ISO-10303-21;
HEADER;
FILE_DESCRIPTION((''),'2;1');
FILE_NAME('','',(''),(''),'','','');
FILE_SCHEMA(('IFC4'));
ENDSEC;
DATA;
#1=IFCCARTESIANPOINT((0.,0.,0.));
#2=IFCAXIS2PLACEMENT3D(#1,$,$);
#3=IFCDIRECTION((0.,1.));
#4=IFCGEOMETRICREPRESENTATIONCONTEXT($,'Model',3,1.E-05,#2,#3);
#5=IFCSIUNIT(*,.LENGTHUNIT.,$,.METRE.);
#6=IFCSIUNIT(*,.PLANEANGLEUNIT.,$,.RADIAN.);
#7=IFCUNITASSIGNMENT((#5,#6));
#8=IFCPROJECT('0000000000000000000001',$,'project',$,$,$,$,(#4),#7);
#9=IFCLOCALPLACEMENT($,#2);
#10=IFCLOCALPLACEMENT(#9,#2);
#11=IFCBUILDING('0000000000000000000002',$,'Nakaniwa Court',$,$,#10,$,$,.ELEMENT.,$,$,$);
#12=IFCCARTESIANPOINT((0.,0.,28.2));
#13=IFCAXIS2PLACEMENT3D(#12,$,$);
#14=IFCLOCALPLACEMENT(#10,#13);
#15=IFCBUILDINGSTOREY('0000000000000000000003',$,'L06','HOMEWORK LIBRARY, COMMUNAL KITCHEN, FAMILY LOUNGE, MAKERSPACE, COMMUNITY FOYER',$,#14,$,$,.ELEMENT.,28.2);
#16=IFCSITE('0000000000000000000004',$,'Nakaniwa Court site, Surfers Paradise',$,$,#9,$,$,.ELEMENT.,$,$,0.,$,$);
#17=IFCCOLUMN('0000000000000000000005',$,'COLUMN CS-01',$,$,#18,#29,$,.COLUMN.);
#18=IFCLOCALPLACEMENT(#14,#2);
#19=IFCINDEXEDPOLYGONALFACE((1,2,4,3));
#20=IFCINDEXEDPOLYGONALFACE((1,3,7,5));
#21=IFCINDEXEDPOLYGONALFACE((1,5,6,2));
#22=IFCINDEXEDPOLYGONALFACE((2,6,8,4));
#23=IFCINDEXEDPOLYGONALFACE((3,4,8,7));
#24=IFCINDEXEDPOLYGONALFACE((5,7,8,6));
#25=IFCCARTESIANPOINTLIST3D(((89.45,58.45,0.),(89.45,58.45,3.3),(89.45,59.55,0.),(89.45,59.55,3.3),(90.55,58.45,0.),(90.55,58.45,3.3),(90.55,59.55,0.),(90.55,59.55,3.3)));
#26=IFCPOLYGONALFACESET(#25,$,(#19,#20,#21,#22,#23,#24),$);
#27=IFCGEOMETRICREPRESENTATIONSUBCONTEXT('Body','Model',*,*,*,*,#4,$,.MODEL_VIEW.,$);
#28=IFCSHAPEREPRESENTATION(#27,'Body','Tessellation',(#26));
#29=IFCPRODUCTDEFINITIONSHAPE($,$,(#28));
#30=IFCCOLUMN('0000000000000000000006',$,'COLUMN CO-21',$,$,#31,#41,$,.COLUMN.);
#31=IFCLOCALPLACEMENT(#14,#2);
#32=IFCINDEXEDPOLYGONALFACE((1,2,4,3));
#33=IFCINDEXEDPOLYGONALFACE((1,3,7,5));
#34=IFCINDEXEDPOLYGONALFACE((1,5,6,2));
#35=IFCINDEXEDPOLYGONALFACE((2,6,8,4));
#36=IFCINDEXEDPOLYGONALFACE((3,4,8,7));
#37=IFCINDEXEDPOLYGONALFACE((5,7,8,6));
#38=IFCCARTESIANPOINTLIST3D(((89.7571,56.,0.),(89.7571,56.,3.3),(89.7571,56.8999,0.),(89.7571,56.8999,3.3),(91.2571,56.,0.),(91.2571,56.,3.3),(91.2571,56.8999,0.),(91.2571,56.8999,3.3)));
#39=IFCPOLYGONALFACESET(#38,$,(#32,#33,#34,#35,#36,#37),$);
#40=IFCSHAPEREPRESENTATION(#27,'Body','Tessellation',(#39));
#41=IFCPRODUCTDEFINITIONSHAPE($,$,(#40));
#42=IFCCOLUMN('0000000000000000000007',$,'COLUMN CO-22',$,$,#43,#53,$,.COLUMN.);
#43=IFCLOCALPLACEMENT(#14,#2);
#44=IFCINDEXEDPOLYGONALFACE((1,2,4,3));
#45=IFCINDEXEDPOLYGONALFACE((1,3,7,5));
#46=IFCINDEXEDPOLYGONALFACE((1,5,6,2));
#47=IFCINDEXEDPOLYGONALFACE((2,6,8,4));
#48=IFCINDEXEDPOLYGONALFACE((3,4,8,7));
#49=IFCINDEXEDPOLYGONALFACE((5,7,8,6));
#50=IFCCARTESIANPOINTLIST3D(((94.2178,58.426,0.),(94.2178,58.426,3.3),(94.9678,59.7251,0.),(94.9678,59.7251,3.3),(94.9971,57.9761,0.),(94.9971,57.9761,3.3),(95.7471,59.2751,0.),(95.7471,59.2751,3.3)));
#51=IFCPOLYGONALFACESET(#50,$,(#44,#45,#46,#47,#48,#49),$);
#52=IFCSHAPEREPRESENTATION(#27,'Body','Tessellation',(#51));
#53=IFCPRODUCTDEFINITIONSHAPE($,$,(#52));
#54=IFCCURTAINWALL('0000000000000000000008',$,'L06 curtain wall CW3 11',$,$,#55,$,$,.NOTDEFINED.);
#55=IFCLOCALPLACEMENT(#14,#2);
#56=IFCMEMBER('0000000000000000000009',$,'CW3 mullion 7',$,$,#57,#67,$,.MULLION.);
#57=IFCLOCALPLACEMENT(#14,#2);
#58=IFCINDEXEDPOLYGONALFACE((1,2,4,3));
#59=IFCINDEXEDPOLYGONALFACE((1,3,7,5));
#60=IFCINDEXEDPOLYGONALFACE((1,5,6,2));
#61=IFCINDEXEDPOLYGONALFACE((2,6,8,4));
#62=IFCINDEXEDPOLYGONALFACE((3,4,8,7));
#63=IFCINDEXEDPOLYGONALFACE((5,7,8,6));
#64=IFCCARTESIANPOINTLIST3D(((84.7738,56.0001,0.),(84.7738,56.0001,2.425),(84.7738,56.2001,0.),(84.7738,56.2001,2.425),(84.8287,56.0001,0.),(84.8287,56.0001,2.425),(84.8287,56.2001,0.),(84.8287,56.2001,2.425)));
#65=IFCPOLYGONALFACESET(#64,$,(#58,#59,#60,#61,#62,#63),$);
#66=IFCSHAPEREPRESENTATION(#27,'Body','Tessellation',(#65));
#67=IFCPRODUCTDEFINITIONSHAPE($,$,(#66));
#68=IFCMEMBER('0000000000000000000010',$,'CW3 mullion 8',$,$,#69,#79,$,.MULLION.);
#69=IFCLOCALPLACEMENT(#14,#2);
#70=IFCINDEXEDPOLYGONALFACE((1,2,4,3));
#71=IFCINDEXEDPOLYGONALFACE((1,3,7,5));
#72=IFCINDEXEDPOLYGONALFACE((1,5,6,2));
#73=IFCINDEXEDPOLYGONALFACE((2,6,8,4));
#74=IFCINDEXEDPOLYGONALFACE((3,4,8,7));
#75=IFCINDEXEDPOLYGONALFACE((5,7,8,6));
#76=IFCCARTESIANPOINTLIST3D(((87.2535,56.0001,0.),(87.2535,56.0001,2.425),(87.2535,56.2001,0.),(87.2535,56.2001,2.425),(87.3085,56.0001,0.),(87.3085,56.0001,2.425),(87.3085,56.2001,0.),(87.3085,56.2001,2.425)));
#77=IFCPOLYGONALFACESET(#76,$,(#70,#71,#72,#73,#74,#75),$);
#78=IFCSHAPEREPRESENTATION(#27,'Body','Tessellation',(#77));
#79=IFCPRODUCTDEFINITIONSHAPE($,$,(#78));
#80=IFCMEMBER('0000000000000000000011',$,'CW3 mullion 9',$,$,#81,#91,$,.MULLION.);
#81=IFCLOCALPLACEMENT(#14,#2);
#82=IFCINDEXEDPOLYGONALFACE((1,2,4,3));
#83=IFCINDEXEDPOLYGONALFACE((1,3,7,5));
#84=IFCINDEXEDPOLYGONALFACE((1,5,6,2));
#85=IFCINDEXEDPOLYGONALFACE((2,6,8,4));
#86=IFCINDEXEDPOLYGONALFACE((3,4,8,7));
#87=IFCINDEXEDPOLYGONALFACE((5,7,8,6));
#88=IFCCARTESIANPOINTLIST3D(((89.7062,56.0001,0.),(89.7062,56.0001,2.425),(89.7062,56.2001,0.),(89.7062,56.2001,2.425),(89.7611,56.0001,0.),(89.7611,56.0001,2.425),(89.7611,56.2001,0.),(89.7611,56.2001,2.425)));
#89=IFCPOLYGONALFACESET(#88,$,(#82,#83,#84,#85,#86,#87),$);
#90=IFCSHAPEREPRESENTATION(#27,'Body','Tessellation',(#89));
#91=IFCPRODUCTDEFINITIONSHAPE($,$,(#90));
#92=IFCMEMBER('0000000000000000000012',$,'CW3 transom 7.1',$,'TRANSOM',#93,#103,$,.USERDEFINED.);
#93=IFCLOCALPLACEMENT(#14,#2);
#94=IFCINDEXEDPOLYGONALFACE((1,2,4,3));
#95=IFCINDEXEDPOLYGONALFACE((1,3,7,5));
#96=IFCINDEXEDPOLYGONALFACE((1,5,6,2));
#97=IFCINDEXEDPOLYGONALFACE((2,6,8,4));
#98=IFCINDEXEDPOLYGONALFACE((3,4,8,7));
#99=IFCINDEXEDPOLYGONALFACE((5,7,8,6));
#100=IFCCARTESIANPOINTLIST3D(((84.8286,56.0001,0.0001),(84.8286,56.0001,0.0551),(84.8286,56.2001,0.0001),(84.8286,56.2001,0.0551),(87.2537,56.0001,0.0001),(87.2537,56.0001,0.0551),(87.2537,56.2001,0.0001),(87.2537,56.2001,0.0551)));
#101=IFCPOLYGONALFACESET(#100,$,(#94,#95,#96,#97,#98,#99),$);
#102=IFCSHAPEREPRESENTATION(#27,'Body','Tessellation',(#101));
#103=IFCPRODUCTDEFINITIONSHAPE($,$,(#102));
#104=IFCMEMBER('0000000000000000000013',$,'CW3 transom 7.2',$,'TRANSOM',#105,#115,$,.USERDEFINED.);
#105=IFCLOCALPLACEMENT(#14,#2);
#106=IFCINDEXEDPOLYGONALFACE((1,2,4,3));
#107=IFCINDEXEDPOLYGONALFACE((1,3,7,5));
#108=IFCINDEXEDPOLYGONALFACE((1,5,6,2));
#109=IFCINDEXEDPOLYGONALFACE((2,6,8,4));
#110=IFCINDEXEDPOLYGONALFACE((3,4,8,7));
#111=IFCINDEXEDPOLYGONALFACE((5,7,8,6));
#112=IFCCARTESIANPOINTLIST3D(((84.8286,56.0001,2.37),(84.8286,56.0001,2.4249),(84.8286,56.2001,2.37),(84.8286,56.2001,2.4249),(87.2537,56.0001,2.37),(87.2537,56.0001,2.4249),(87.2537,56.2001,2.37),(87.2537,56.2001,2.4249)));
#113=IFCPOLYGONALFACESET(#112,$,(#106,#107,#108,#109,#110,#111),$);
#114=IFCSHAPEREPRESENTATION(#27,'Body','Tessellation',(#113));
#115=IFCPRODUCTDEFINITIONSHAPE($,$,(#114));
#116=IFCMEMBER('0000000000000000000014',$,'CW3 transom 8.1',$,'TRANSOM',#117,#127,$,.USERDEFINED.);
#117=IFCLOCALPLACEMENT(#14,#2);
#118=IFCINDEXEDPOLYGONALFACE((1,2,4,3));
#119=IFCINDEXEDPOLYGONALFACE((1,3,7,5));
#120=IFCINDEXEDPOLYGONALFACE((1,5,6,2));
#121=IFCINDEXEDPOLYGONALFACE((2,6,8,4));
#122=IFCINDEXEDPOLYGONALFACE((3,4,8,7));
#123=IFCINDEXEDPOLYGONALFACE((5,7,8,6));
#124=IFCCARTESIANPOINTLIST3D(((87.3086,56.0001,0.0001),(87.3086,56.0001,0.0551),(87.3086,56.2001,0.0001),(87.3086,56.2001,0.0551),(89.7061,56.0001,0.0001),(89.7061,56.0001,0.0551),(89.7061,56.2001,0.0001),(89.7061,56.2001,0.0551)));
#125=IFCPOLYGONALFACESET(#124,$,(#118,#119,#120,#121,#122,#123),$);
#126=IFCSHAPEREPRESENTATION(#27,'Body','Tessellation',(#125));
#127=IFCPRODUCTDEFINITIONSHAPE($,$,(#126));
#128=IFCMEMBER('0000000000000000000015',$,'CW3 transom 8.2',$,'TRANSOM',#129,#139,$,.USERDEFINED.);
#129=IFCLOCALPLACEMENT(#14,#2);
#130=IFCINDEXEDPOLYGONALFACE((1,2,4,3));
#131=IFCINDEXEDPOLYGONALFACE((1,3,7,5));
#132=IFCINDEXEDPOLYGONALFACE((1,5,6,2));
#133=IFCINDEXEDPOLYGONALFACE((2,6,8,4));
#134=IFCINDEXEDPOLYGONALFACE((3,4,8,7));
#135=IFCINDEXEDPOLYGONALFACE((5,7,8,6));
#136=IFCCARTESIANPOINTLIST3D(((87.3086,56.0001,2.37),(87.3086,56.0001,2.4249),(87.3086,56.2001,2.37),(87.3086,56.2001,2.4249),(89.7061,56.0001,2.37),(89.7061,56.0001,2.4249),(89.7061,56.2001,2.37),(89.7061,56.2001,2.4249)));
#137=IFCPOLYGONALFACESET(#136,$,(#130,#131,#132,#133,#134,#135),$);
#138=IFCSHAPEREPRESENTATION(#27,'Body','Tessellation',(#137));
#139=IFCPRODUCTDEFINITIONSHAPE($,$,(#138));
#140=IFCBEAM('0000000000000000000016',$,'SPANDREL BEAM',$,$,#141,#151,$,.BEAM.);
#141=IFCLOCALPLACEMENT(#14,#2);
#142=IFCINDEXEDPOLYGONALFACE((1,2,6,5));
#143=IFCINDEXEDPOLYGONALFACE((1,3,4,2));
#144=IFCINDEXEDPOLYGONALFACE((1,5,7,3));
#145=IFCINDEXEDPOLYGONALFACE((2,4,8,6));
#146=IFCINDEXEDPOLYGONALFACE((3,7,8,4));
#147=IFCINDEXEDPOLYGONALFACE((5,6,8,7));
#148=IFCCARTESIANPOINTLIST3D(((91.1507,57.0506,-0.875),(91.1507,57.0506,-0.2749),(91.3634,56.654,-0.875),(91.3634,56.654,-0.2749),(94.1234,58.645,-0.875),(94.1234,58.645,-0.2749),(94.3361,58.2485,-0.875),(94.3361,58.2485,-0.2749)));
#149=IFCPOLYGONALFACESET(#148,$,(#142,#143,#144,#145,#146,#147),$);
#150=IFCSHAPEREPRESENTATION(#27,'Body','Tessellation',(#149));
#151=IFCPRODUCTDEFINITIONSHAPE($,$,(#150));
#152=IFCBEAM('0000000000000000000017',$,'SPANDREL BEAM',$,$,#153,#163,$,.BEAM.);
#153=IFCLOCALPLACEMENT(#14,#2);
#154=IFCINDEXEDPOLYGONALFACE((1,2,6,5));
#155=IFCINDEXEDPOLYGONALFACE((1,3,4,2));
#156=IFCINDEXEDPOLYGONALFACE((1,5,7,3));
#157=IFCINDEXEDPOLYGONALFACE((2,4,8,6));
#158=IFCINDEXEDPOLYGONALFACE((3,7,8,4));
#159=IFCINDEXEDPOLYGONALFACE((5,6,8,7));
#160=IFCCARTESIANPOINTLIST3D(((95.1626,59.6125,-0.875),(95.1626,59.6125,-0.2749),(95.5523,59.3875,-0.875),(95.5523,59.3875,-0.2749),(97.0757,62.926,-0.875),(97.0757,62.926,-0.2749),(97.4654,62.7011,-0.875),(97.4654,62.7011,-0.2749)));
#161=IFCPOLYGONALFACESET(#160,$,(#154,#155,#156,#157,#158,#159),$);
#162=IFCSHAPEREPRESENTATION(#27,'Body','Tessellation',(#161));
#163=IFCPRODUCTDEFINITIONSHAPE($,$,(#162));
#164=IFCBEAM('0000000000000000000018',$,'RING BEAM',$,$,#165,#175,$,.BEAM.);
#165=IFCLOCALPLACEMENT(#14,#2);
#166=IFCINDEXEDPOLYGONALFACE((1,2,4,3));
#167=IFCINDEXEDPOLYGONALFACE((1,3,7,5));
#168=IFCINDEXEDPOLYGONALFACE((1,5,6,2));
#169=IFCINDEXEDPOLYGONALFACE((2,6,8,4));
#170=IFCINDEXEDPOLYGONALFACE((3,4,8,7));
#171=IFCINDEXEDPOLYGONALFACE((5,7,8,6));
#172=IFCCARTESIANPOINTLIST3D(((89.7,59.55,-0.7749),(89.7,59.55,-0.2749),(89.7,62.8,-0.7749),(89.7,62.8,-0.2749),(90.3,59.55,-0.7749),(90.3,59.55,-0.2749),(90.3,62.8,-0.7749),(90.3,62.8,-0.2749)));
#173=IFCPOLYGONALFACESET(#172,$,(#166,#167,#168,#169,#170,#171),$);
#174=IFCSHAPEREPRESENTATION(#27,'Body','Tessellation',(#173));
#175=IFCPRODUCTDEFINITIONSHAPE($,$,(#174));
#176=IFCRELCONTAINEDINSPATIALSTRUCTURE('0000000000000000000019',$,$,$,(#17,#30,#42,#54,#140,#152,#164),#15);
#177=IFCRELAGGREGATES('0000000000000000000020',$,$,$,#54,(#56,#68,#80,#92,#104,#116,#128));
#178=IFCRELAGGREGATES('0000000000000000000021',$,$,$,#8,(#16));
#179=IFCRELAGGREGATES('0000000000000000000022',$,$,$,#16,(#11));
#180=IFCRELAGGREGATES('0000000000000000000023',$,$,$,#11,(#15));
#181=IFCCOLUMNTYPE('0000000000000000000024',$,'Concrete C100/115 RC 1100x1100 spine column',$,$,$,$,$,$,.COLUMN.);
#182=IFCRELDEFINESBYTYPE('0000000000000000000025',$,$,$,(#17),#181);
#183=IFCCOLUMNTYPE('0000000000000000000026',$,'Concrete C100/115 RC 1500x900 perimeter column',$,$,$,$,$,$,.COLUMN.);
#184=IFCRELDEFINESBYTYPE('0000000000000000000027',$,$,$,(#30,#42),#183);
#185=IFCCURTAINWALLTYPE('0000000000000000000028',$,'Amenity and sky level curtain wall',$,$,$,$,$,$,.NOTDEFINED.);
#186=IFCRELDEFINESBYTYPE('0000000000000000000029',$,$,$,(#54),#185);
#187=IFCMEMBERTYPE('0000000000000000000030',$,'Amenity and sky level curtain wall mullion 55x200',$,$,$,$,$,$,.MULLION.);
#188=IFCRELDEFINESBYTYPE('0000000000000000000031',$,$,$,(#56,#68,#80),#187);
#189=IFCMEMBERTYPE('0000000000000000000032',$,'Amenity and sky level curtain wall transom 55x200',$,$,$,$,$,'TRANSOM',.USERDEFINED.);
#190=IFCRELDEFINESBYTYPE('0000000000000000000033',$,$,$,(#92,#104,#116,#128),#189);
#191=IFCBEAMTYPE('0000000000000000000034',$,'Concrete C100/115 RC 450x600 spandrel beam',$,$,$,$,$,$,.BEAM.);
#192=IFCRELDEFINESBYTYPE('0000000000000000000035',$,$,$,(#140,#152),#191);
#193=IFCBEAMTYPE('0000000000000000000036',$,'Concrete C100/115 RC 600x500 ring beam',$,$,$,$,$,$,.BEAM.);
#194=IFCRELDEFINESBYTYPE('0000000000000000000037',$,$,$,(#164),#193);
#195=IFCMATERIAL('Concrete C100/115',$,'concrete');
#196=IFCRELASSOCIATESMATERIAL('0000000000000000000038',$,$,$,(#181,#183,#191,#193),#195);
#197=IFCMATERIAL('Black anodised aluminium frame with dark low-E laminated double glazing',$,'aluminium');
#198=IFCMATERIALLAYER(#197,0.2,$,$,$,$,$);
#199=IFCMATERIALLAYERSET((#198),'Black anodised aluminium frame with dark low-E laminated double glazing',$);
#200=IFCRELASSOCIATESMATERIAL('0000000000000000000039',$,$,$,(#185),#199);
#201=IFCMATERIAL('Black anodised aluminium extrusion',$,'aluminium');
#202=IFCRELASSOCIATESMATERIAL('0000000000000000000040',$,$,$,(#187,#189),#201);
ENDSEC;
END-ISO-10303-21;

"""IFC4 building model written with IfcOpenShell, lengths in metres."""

from ifc_helpers import new_model, si_unit, direction, frame, origin, origin_2d, place, context, subcontext, project, spatial, rectangle, extrude, material, layer, layer_set, material_profile, profile_set, type_object, element, aggregate, save


model = new_model("IFC4")

# Units and contexts
model_context = context("Model", 3, precision=1e-05, world=origin(), true_north=direction((0.0, 1.0)))
body_context = subcontext(model_context, "Body", "Model", "MODEL_VIEW")
ifc_project = project(units=[si_unit("LENGTHUNIT", "METRE"), si_unit("PLANEANGLEUNIT", "RADIAN")], contexts=[model_context])

# Site, building, storey
site_placement = place(None, origin())
site = spatial("IfcSite", under=ifc_project, at=site_placement, Name="Nakaniwa Court site, Surfers Paradise", CompositionType="ELEMENT", RefElevation=0.0)
building_placement = place(site_placement, origin())
building = spatial("IfcBuilding", under=site, at=building_placement, Name="Nakaniwa Court", CompositionType="ELEMENT")
storey_placement = place(building_placement, frame((0.0, 0.0, 28.2)))
storey = spatial("IfcBuildingStorey", under=building, at=storey_placement, Name="L06", Description="HOMEWORK LIBRARY, COMMUNAL KITCHEN, FAMILY LOUNGE, MAKERSPACE, COMMUNITY FOYER", CompositionType="ELEMENT", Elevation=28.2)

# Columns
ifc_material_1 = material(Name="Concrete C100/115", Category="concrete")
ifc_material_profile_1 = material_profile(ifc_material_1, rectangle(XDim=1.1001, YDim=1.1001, at=origin_2d()), Name="Concrete C100/115 RC 1100x1100 spine column")
ifc_profile_set_1 = profile_set([ifc_material_profile_1], Name="Concrete C100/115")
column_type_1 = type_object("IfcColumnType", Name="Concrete C100/115 RC 1100x1100 spine column", PredefinedType="COLUMN", material=ifc_profile_set_1)
column_placement = place(storey_placement, frame((90.0, 59.0, 0.0), z_axis=(0.0, 0.0, 1.0), x_axis=(0.0, 1.0, 0.0)))
element("IfcColumn", 1, at=column_placement, inside=storey, type_object=column_type_1, Name="COLUMN CS-01", PredefinedType="COLUMN", context=body_context, shape_type="SweptSolid", body=[
    extrude(rectangle(XDim=1.1001, YDim=1.1001, at=origin_2d()), origin(), (0.0, 0.0, 1.0), 3.3),
])
ifc_material_profile_2 = material_profile(ifc_material_1, rectangle(XDim=1.5, YDim=0.8999, at=origin_2d()), Name="Concrete C100/115 RC 1500x900 perimeter column")
ifc_profile_set_2 = profile_set([ifc_material_profile_2], Name="Concrete C100/115")
column_type_2 = type_object("IfcColumnType", Name="Concrete C100/115 RC 1500x900 perimeter column", PredefinedType="COLUMN", material=ifc_profile_set_2)
for number, where, z_axis, x_axis, name in (
    (2, (90.5071, 56.45, 0.0), (0.0, 0.0, 1.0), (1.0, 0.0, 0.0), "COLUMN CO-21"),
    (3, (94.9824, 58.8506, 0.0), (0.0, 0.0, 1.0), (0.5, 0.866025, 0.0), "COLUMN CO-22"),
):
    element("IfcColumn", number, at=place(storey_placement, frame(where, z_axis=z_axis, x_axis=x_axis)), inside=storey, type_object=column_type_2, Name=name, PredefinedType="COLUMN", context=body_context, shape_type="SweptSolid", body=[
        extrude(rectangle(XDim=1.5, YDim=0.8999, at=origin_2d()), origin(), (0.0, 0.0, 1.0), 3.3),
    ])

# Curtain wall, members
ifc_material_2 = material(Name="Black anodised aluminium frame with dark low-E laminated double glazing", Category="aluminium")
ifc_layer_1 = layer(ifc_material_2, 0.2)
ifc_layer_set_1 = layer_set([ifc_layer_1], Name="Black anodised aluminium frame with dark low-E laminated double glazing")
curtain_wall_type = type_object("IfcCurtainWallType", Name="Amenity and sky level curtain wall", PredefinedType="NOTDEFINED", material=ifc_layer_set_1)
curtain_wall_placement = place(storey_placement, origin())
curtain_wall = element("IfcCurtainWall", 4, at=curtain_wall_placement, inside=storey, type_object=curtain_wall_type, Name="L06 curtain wall CW3 11", PredefinedType="NOTDEFINED")
ifc_material_3 = material(Name="Black anodised aluminium extrusion", Category="aluminium")
ifc_material_profile_3 = material_profile(ifc_material_3, rectangle(XDim=0.2, YDim=0.0549, at=origin_2d()), Name="Amenity and sky level curtain wall mullion 55x200")
ifc_profile_set_3 = profile_set([ifc_material_profile_3], Name="Black anodised aluminium extrusion")
member_type_1 = type_object("IfcMemberType", Name="Amenity and sky level curtain wall mullion 55x200", PredefinedType="MULLION", material=ifc_profile_set_3)
member_1_placement = place(storey_placement, frame((84.8013, 56.1001, 0.0), z_axis=(0.0, 0.0, 1.0), x_axis=(0.0, 1.0, 0.0)))
member_1 = element("IfcMember", 5, at=member_1_placement, type_object=member_type_1, Name="CW3 mullion 7", PredefinedType="MULLION", context=body_context, shape_type="SweptSolid", body=[
    extrude(rectangle(XDim=0.2, YDim=0.0549, at=origin_2d()), origin(), (0.0, 0.0, 1.0), 2.425),
])
member_2_placement = place(storey_placement, frame((87.281, 56.1001, 0.0), z_axis=(0.0, 0.0, 1.0), x_axis=(0.0, 1.0, 0.0)))
member_2 = element("IfcMember", 6, at=member_2_placement, type_object=member_type_1, Name="CW3 mullion 8", PredefinedType="MULLION", context=body_context, shape_type="SweptSolid", body=[
    extrude(rectangle(XDim=0.2, YDim=0.0549, at=origin_2d()), origin(), (0.0, 0.0, 1.0), 2.425),
])
member_3_placement = place(storey_placement, frame((89.7336, 56.1001, 0.0), z_axis=(0.0, 0.0, 1.0), x_axis=(0.0, 1.0, 0.0)))
member_3 = element("IfcMember", 7, at=member_3_placement, type_object=member_type_1, Name="CW3 mullion 9", PredefinedType="MULLION", context=body_context, shape_type="SweptSolid", body=[
    extrude(rectangle(XDim=0.2, YDim=0.0549, at=origin_2d()), origin(), (0.0, 0.0, 1.0), 2.425),
])
ifc_material_profile_4 = material_profile(ifc_material_3, rectangle(XDim=0.2, YDim=0.0549, at=origin_2d()), Name="Amenity and sky level curtain wall transom 55x200")
ifc_profile_set_4 = profile_set([ifc_material_profile_4], Name="Black anodised aluminium extrusion")
member_type_2 = type_object("IfcMemberType", Name="Amenity and sky level curtain wall transom 55x200", ElementType="TRANSOM", PredefinedType="USERDEFINED", material=ifc_profile_set_4)
member_4_placement = place(storey_placement, frame((84.8286, 56.1001, 0.0276), z_axis=(1.0, 0.0, 0.0), x_axis=(0.0, 1.0, 0.0)))
member_4 = element("IfcMember", 8, at=member_4_placement, type_object=member_type_2, Name="CW3 transom 7.1", ObjectType="TRANSOM", PredefinedType="USERDEFINED", context=body_context, shape_type="SweptSolid", body=[
    extrude(rectangle(XDim=0.2, YDim=0.0549, at=origin_2d()), origin(), (0.0, 0.0, 1.0), 2.425),
])
member_5_placement = place(storey_placement, frame((84.8286, 56.1001, 2.3975), z_axis=(1.0, 0.0, 0.0), x_axis=(0.0, 1.0, 0.0)))
member_5 = element("IfcMember", 9, at=member_5_placement, type_object=member_type_2, Name="CW3 transom 7.2", ObjectType="TRANSOM", PredefinedType="USERDEFINED", context=body_context, shape_type="SweptSolid", body=[
    extrude(rectangle(XDim=0.2, YDim=0.0549, at=origin_2d()), origin(), (0.0, 0.0, 1.0), 2.425),
])
member_6_placement = place(storey_placement, frame((87.3086, 56.1001, 0.0276), z_axis=(1.0, 0.0, 0.0), x_axis=(0.0, 1.0, 0.0)))
member_6 = element("IfcMember", 10, at=member_6_placement, type_object=member_type_2, Name="CW3 transom 8.1", ObjectType="TRANSOM", PredefinedType="USERDEFINED", context=body_context, shape_type="SweptSolid", body=[
    extrude(rectangle(XDim=0.2, YDim=0.0549, at=origin_2d()), origin(), (0.0, 0.0, 1.0), 2.3975),
])
member_7_placement = place(storey_placement, frame((87.3086, 56.1001, 2.3975), z_axis=(1.0, 0.0, 0.0), x_axis=(0.0, 1.0, 0.0)))
member_7 = element("IfcMember", 11, at=member_7_placement, type_object=member_type_2, Name="CW3 transom 8.2", ObjectType="TRANSOM", PredefinedType="USERDEFINED", context=body_context, shape_type="SweptSolid", body=[
    extrude(rectangle(XDim=0.2, YDim=0.0549, at=origin_2d()), origin(), (0.0, 0.0, 1.0), 2.3975),
])

# Beams
ifc_material_profile_5 = material_profile(ifc_material_1, rectangle(XDim=0.45, YDim=0.6001, at=origin_2d()), Name="Concrete C100/115 RC 450x600 spandrel beam")
ifc_profile_set_5 = profile_set([ifc_material_profile_5], Name="Concrete C100/115")
beam_type_1 = type_object("IfcBeamType", Name="Concrete C100/115 RC 450x600 spandrel beam", PredefinedType="BEAM", material=ifc_profile_set_5)
beam_1_placement = place(storey_placement, frame((91.2571, 56.8523, -0.575), z_axis=(0.881235, 0.472679, 0.0), x_axis=(-0.472679, 0.881235, 0.0)))
element("IfcBeam", 12, at=beam_1_placement, inside=storey, type_object=beam_type_1, Name="SPANDREL BEAM", PredefinedType="BEAM", context=body_context, shape_type="SweptSolid", body=[
    extrude(rectangle(XDim=0.45, YDim=0.6001, at=origin_2d()), origin(), (0.0, 0.0, 1.0), 3.3733),
])
beam_2_placement = place(storey_placement, frame((95.3574, 59.5, -0.575), z_axis=(0.50001, 0.86602, 0.0), x_axis=(-0.86602, 0.50001, 0.0)))
element("IfcBeam", 13, at=beam_2_placement, inside=storey, type_object=beam_type_1, Name="SPANDREL BEAM", PredefinedType="BEAM", context=body_context, shape_type="SweptSolid", body=[
    extrude(rectangle(XDim=0.45, YDim=0.6001, at=origin_2d()), origin(), (0.0, 0.0, 1.0), 3.8262),
])
ifc_material_profile_6 = material_profile(ifc_material_1, rectangle(XDim=0.6001, YDim=0.5, at=origin_2d()), Name="Concrete C100/115 RC 600x500 ring beam")
ifc_profile_set_6 = profile_set([ifc_material_profile_6], Name="Concrete C100/115")
beam_type_2 = type_object("IfcBeamType", Name="Concrete C100/115 RC 600x500 ring beam", PredefinedType="BEAM", material=ifc_profile_set_6)
beam_3_placement = place(storey_placement, frame((90.0, 59.55, -0.5249), z_axis=(0.0, 1.0, 0.0), x_axis=(-1.0, 0.0, 0.0)))
element("IfcBeam", 14, at=beam_3_placement, inside=storey, type_object=beam_type_2, Name="RING BEAM", PredefinedType="BEAM", context=body_context, shape_type="SweptSolid", body=[
    extrude(rectangle(XDim=0.6001, YDim=0.5, at=origin_2d()), origin(), (0.0, 0.0, 1.0), 3.25),
])

aggregate(curtain_wall, [member_1, member_2, member_3, member_4, member_5, member_6, member_7])

save(model, "model.ifc")
